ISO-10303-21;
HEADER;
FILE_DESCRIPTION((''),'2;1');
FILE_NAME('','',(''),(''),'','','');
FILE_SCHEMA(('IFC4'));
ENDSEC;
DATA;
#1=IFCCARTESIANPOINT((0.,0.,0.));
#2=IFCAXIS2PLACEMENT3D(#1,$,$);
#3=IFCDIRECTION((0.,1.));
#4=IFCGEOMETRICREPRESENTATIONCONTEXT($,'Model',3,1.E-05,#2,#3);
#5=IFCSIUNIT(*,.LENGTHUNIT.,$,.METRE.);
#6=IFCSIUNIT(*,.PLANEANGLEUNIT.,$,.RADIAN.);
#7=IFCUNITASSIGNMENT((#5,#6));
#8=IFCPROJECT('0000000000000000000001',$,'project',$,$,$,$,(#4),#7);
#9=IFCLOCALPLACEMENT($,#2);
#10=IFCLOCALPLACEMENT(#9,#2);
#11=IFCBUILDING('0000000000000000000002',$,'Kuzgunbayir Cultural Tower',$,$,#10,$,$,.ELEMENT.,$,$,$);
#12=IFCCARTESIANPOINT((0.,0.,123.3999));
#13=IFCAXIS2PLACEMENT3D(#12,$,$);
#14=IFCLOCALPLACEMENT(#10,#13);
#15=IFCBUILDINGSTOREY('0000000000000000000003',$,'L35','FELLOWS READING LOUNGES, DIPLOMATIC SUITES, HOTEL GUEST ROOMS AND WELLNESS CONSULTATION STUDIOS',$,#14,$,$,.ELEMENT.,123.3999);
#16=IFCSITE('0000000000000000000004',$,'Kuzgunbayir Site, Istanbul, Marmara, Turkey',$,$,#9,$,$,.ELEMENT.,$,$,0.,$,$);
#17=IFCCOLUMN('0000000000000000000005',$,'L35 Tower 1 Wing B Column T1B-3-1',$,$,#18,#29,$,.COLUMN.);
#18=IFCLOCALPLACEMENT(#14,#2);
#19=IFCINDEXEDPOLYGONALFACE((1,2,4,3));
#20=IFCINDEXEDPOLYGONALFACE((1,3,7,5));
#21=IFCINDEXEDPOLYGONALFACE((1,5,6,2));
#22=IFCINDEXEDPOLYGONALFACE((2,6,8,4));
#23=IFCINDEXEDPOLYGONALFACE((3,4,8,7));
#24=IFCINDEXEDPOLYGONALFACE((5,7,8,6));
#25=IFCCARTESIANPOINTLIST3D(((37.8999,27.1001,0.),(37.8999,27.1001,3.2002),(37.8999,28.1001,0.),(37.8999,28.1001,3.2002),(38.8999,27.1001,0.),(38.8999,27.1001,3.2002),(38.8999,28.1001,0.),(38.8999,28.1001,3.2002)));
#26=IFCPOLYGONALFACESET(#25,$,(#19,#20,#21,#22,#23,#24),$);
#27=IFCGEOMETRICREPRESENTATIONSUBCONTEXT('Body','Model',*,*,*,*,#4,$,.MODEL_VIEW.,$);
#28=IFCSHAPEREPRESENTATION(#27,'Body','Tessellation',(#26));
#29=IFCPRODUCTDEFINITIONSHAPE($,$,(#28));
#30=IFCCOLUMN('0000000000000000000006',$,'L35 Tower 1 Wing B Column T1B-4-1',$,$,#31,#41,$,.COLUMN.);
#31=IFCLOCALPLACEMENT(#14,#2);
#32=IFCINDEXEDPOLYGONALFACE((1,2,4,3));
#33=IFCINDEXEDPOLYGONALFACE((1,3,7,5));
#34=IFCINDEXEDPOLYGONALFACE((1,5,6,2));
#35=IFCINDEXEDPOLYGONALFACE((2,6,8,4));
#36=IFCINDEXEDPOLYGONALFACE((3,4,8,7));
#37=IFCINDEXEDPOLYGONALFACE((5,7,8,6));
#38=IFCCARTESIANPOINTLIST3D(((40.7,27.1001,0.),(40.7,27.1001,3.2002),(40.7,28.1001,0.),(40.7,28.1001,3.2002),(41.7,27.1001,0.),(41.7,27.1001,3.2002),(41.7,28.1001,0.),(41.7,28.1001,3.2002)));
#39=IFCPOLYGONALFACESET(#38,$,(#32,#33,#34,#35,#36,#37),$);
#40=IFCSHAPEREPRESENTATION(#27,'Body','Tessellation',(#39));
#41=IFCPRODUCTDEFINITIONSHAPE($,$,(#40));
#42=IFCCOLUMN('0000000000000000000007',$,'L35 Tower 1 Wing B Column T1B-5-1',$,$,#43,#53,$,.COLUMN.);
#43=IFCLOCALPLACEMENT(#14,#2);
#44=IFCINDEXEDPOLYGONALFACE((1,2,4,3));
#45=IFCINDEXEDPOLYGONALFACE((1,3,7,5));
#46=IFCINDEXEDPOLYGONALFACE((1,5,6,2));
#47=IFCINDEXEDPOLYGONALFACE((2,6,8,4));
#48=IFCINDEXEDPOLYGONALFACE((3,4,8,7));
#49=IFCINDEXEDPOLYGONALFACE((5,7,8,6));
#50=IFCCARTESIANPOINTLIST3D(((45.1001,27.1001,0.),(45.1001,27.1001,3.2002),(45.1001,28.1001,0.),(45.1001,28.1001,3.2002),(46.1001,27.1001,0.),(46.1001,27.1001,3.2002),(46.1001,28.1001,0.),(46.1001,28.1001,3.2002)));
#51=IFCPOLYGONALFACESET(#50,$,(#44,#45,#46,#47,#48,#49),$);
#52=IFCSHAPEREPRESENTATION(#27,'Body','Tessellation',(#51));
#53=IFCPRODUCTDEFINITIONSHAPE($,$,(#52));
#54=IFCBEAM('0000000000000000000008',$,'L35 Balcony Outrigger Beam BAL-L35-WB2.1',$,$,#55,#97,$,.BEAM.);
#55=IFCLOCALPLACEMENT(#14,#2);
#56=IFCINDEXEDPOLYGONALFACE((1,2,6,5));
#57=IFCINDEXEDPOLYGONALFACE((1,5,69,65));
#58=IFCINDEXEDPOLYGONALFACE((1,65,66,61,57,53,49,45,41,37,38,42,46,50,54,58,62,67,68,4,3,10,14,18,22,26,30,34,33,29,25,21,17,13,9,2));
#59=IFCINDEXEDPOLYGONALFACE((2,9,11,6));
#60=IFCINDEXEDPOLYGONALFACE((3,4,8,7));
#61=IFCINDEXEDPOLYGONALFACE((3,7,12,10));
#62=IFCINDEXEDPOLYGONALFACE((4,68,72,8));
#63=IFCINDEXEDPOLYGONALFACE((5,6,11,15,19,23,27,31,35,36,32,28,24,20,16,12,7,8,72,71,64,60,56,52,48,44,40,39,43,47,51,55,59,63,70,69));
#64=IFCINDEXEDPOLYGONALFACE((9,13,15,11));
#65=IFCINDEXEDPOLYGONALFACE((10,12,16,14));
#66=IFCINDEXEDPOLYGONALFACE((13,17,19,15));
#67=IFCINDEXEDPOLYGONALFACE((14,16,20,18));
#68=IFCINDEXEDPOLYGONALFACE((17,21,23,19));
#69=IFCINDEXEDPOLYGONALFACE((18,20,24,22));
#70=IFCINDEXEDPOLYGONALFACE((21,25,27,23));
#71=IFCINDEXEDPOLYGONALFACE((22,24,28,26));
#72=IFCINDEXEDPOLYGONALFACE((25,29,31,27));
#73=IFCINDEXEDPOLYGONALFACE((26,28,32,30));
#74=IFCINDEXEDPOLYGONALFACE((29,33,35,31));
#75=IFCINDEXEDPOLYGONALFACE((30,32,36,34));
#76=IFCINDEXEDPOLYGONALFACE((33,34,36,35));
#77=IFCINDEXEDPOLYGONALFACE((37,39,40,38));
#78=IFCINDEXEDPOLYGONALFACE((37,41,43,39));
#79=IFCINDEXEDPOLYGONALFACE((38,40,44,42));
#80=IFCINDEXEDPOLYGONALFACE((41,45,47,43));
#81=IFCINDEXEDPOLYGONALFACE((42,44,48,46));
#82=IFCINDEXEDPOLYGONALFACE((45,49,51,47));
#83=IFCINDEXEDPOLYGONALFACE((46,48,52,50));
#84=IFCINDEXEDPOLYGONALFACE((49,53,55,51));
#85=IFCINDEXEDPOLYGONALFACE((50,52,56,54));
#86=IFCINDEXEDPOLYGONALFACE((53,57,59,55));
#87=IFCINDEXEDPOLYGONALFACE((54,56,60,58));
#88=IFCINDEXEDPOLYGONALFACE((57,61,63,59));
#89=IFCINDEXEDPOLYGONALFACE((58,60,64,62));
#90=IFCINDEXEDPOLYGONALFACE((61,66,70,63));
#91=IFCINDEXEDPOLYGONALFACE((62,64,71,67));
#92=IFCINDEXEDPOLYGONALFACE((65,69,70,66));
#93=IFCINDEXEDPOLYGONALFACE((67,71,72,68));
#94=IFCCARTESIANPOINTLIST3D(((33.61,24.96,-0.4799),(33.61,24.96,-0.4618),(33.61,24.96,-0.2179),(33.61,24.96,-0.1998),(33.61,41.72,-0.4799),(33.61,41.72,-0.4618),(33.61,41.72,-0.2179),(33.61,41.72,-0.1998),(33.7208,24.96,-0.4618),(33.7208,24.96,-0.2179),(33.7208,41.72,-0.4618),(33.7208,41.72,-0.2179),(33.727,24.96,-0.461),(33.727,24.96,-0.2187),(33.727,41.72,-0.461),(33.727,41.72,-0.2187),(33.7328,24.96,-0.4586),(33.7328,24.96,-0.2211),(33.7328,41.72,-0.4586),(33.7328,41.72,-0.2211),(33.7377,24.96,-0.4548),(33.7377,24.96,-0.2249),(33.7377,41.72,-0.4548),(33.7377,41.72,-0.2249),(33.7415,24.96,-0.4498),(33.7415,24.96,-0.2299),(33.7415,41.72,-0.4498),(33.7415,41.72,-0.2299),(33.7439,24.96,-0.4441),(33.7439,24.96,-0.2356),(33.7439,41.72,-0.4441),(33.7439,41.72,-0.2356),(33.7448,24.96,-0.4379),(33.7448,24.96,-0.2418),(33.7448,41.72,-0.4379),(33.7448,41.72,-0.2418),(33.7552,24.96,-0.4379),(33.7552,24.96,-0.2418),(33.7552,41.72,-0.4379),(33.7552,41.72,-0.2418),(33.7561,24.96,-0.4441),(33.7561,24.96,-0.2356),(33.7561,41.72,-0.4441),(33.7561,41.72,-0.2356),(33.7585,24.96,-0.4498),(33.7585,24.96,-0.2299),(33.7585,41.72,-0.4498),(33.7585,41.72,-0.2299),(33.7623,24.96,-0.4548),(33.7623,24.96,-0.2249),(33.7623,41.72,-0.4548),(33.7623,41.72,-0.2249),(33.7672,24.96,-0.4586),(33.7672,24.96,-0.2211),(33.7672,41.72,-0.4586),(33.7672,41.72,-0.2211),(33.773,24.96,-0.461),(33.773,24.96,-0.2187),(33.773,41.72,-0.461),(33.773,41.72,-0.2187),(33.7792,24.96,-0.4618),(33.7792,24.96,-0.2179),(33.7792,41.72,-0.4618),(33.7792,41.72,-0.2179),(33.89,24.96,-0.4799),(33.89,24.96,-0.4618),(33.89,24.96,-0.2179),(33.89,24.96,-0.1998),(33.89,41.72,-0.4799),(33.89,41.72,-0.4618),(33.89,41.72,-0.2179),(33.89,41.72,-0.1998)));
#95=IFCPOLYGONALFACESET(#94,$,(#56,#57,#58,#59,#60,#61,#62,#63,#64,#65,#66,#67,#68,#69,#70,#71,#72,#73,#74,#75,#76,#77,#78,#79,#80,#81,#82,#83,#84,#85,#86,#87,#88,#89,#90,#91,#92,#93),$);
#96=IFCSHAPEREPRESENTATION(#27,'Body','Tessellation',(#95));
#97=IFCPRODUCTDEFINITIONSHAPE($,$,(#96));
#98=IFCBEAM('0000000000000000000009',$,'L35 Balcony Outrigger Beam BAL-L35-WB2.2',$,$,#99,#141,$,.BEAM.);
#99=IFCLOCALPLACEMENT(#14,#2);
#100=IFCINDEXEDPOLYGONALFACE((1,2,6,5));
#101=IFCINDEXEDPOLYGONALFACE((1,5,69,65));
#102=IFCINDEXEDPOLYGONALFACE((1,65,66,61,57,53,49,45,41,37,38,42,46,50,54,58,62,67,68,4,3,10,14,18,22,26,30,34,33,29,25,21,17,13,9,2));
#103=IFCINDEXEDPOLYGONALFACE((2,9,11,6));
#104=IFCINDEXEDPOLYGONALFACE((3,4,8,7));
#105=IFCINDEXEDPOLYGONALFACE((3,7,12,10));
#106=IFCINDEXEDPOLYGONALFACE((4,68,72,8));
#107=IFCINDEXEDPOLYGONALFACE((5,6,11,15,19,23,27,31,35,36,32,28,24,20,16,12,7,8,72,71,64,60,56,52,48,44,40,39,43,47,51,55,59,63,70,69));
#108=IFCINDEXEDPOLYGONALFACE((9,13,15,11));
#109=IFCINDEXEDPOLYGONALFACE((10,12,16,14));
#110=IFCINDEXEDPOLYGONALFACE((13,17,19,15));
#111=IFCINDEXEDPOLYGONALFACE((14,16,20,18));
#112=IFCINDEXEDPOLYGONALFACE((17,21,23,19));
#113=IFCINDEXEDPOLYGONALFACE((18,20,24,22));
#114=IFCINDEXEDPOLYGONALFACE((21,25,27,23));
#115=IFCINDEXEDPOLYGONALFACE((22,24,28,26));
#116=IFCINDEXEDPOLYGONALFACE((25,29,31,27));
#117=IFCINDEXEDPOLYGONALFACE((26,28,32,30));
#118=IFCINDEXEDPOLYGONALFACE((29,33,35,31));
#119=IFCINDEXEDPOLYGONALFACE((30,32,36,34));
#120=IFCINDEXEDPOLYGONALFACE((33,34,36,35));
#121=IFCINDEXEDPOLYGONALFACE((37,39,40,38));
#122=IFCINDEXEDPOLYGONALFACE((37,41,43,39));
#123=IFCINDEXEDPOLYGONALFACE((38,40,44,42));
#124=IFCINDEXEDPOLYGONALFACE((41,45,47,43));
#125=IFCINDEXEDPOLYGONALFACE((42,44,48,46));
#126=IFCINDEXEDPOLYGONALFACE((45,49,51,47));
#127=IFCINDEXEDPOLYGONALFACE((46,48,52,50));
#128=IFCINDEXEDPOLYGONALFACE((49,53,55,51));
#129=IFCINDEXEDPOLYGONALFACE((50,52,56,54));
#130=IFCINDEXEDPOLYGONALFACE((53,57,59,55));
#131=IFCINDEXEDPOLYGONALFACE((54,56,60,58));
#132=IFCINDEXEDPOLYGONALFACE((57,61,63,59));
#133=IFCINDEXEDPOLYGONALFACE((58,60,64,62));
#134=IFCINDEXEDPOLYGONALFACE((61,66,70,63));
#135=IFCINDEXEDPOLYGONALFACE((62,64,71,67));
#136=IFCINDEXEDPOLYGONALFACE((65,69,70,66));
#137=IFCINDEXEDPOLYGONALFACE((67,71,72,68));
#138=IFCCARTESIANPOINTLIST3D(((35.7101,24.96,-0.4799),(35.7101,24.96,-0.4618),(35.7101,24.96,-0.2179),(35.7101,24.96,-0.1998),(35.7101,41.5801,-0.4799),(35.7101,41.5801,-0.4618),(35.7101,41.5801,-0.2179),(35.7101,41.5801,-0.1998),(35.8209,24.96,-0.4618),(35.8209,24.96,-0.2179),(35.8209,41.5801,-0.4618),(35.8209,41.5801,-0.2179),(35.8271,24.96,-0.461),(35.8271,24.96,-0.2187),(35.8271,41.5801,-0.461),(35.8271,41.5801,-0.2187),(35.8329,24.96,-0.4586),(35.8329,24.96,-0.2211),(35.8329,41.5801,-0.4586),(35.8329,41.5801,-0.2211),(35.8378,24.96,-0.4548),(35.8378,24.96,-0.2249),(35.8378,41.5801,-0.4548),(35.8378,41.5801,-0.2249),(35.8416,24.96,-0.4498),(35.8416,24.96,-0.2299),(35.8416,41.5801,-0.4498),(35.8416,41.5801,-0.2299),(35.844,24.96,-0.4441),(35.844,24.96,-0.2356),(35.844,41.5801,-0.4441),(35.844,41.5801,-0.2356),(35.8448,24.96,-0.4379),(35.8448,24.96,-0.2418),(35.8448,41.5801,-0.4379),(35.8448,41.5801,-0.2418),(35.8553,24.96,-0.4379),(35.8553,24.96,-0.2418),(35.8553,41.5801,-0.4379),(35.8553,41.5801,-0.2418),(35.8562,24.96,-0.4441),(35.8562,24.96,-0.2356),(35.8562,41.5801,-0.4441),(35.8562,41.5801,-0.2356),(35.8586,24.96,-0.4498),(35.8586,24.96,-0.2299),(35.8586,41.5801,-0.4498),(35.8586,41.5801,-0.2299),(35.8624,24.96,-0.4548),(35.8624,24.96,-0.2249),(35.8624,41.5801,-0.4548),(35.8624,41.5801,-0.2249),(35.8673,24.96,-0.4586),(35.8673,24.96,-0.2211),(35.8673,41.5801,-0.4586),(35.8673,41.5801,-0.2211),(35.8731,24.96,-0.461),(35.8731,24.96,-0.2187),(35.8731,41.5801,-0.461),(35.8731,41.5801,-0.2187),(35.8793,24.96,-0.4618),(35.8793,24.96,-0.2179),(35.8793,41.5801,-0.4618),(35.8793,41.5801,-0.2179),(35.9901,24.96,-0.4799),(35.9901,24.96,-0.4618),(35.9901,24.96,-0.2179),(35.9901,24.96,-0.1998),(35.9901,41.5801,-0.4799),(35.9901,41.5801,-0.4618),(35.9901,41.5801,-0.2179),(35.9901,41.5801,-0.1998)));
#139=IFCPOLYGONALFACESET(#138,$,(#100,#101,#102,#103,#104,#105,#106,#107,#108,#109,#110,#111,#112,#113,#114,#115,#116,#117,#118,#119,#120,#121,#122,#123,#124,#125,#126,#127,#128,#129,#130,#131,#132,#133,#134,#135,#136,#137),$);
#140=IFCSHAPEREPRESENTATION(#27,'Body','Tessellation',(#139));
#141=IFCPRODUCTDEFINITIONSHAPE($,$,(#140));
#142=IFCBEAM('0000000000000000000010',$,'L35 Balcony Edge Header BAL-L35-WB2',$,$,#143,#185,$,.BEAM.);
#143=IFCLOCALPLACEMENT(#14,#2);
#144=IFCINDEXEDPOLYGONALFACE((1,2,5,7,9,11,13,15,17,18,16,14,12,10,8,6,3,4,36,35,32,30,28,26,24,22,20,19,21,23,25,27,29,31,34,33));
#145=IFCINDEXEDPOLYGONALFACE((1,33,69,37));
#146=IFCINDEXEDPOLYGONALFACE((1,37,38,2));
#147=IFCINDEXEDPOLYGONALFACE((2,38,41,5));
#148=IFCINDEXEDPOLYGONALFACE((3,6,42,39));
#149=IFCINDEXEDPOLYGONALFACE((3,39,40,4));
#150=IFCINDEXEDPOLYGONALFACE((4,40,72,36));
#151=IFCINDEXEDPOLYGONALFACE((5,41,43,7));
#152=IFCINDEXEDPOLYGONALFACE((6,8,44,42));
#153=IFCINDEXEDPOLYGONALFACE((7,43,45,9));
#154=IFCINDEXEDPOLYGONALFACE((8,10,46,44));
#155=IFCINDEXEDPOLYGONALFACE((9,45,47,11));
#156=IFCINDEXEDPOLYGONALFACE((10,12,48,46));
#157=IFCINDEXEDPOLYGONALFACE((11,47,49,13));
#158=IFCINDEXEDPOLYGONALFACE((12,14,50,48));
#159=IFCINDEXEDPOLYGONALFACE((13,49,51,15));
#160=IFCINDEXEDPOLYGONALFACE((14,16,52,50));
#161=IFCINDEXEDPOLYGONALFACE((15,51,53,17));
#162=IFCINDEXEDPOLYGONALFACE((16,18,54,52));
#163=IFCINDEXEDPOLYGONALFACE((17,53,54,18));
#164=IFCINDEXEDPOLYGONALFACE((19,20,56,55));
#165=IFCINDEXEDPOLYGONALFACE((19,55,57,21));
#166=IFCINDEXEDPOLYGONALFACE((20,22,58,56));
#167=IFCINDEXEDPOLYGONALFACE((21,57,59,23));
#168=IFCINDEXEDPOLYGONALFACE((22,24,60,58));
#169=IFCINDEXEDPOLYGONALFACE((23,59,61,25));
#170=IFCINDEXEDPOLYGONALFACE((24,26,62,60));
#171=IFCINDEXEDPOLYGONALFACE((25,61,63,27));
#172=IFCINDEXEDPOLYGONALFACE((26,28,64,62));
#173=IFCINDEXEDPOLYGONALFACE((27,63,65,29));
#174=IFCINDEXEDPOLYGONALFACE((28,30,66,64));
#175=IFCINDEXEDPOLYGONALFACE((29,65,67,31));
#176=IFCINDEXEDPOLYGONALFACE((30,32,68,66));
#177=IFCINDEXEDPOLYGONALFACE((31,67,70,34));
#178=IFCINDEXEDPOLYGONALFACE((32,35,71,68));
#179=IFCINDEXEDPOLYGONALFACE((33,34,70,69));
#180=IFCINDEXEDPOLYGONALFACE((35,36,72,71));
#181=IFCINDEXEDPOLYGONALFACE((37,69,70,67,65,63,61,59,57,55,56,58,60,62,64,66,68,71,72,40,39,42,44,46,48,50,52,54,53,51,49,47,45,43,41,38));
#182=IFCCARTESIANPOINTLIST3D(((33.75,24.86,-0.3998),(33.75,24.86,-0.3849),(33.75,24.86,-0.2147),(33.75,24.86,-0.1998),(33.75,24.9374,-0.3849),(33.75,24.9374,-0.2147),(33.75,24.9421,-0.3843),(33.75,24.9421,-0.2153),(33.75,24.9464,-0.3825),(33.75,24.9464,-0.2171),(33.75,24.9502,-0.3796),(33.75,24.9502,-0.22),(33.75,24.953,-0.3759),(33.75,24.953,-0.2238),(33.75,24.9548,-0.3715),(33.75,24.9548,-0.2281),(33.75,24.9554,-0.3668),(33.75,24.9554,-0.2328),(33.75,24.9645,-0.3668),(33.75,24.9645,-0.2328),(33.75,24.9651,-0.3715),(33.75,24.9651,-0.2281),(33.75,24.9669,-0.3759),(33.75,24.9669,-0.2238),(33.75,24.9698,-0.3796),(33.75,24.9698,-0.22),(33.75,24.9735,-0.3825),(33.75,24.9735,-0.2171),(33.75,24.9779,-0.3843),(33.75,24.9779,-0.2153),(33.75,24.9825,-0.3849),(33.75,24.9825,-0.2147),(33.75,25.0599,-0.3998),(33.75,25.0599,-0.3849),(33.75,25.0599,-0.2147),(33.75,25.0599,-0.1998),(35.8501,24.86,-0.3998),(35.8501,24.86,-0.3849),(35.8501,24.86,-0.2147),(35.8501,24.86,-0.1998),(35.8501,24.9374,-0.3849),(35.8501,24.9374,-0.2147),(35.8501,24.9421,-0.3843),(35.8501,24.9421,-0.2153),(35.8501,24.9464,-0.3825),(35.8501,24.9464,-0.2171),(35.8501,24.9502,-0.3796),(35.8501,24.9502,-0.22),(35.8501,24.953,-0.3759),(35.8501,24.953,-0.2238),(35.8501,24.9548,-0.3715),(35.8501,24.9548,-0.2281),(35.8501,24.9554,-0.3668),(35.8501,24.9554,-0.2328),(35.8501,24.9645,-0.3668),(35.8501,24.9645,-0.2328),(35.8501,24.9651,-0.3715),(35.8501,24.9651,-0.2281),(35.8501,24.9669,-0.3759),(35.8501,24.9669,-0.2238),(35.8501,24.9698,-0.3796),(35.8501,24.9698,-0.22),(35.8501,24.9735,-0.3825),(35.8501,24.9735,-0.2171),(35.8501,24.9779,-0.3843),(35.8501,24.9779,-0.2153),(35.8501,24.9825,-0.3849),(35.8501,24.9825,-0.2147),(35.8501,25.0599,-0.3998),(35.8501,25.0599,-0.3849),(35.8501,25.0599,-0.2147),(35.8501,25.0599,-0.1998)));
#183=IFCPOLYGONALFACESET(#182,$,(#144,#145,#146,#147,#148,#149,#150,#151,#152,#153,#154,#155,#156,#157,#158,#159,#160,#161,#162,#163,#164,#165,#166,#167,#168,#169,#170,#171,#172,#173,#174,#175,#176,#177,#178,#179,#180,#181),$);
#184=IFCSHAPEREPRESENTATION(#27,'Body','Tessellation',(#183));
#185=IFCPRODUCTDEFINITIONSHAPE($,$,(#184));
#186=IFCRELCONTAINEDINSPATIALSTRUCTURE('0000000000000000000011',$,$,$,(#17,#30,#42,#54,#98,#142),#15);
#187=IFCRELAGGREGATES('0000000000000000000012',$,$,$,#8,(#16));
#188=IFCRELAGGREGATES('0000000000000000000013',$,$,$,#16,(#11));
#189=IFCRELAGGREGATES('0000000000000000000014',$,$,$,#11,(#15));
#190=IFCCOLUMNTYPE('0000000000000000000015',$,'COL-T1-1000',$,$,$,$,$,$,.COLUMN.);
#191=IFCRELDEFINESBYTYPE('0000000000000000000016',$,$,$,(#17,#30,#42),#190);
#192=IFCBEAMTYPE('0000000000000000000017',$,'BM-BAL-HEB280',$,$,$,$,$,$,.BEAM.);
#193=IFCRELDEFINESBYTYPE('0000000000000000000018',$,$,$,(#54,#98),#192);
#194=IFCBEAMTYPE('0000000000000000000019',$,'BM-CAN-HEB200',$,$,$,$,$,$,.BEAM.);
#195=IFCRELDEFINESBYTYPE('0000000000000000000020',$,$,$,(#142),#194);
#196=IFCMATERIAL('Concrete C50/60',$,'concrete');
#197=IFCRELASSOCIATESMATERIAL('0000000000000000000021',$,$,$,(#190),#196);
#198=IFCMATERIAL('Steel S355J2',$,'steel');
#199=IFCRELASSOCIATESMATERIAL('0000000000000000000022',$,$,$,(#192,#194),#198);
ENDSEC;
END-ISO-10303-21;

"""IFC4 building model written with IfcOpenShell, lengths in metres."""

from ifc_helpers import new_model, si_unit, direction, frame, origin, origin_2d, place, context, subcontext, project, spatial, rectangle, i_section, extrude, material, material_profile, profile_set, type_object, element, save


model = new_model("IFC4")

# Units and contexts
model_context = context("Model", 3, precision=1e-05, world=origin(), true_north=direction((0.0, 1.0)))
body_context = subcontext(model_context, "Body", "Model", "MODEL_VIEW")
ifc_project = project(units=[si_unit("LENGTHUNIT", "METRE"), si_unit("PLANEANGLEUNIT", "RADIAN")], contexts=[model_context])

# Site, building, storey
site_placement = place(None, origin())
site = spatial("IfcSite", under=ifc_project, at=site_placement, Name="Kuzgunbayir Site, Istanbul, Marmara, Turkey", CompositionType="ELEMENT", RefElevation=0.0)
building_placement = place(site_placement, origin())
building = spatial("IfcBuilding", under=site, at=building_placement, Name="Kuzgunbayir Cultural Tower", CompositionType="ELEMENT")
storey_placement = place(building_placement, frame((0.0, 0.0, 123.3999)))
storey = spatial("IfcBuildingStorey", under=building, at=storey_placement, Name="L35", Description="FELLOWS READING LOUNGES, DIPLOMATIC SUITES, HOTEL GUEST ROOMS AND WELLNESS CONSULTATION STUDIOS", CompositionType="ELEMENT", Elevation=123.3999)

# Columns
ifc_material_1 = material(Name="Concrete C50/60", Category="concrete")
ifc_material_profile_1 = material_profile(ifc_material_1, rectangle(XDim=1.0, YDim=1.0, at=origin_2d()), Name="RC 1000x1000")
ifc_profile_set_1 = profile_set([ifc_material_profile_1], Name="Concrete C50/60")
column_type = type_object("IfcColumnType", Name="COL-T1-1000", PredefinedType="COLUMN", material=ifc_profile_set_1)
for number, where, z_axis, x_axis, name in (
    (1, (38.3999, 27.6001, 0.0), (0.0, 0.0, 1.0), (1.0, 0.0, 0.0), "L35 Tower 1 Wing B Column T1B-3-1"),
    (2, (41.2, 27.6001, 0.0), (0.0, 0.0, 1.0), (1.0, 0.0, 0.0), "L35 Tower 1 Wing B Column T1B-4-1"),
    (3, (45.6001, 27.6001, 0.0), (0.0, 0.0, 1.0), (1.0, 0.0, 0.0), "L35 Tower 1 Wing B Column T1B-5-1"),
):
    element("IfcColumn", number, at=place(storey_placement, frame(where, z_axis=z_axis, x_axis=x_axis)), inside=storey, type_object=column_type, Name=name, PredefinedType="COLUMN", context=body_context, shape_type="SweptSolid", body=[
        extrude(rectangle(XDim=1.0, YDim=1.0, at=origin_2d()), origin(), (0.0, 0.0, 1.0), 3.2002),
    ])

# Beams
ifc_material_2 = material(Name="Steel S355J2", Category="steel")
ifc_material_profile_2 = material_profile(ifc_material_2, i_section(OverallWidth=0.28, OverallDepth=0.28, WebThickness=0.0105, FlangeThickness=0.0181, FilletRadius=0.0239, at=origin_2d()), Name="HEB 280")
ifc_profile_set_2 = profile_set([ifc_material_profile_2], Name="Steel S355J2")
beam_type_1 = type_object("IfcBeamType", Name="BM-BAL-HEB280", PredefinedType="BEAM", material=ifc_profile_set_2)
beam_1_placement = place(storey_placement, frame((33.75, 24.96, -0.3398), z_axis=(0.0, 1.0, 0.0), x_axis=(-1.0, 0.0, 0.0)))
element("IfcBeam", 4, at=beam_1_placement, inside=storey, type_object=beam_type_1, Name="L35 Balcony Outrigger Beam BAL-L35-WB2.1", PredefinedType="BEAM", context=body_context, shape_type="SweptSolid", body=[
    extrude(i_section(OverallWidth=0.28, OverallDepth=0.28, WebThickness=0.0105, FlangeThickness=0.0181, FilletRadius=0.0239, at=origin_2d()), origin(), (0.0, 0.0, 1.0), 16.76),
])
beam_2_placement = place(storey_placement, frame((35.8501, 24.96, -0.3398), z_axis=(0.0, 1.0, 0.0), x_axis=(-1.0, 0.0, 0.0)))
element("IfcBeam", 5, at=beam_2_placement, inside=storey, type_object=beam_type_1, Name="L35 Balcony Outrigger Beam BAL-L35-WB2.2", PredefinedType="BEAM", context=body_context, shape_type="SweptSolid", body=[
    extrude(i_section(OverallWidth=0.28, OverallDepth=0.28, WebThickness=0.0105, FlangeThickness=0.0181, FilletRadius=0.0239, at=origin_2d()), origin(), (0.0, 0.0, 1.0), 16.6201),
])
ifc_material_profile_3 = material_profile(ifc_material_2, i_section(OverallWidth=0.2, OverallDepth=0.2, WebThickness=0.009, FlangeThickness=0.0149, FilletRadius=0.0181, at=origin_2d()), Name="HEB 200")
ifc_profile_set_3 = profile_set([ifc_material_profile_3], Name="Steel S355J2")
beam_type_2 = type_object("IfcBeamType", Name="BM-CAN-HEB200", PredefinedType="BEAM", material=ifc_profile_set_3)
beam_3_placement = place(storey_placement, frame((33.75, 24.96, -0.2998), z_axis=(1.0, 0.0, 0.0), x_axis=(0.0, 1.0, 0.0)))
element("IfcBeam", 6, at=beam_3_placement, inside=storey, type_object=beam_type_2, Name="L35 Balcony Edge Header BAL-L35-WB2", PredefinedType="BEAM", context=body_context, shape_type="SweptSolid", body=[
    extrude(i_section(OverallWidth=0.2, OverallDepth=0.2, WebThickness=0.009, FlangeThickness=0.0149, FilletRadius=0.0181, at=origin_2d()), origin(), (0.0, 0.0, 1.0), 2.1001),
])

save(model, "model.ifc")
